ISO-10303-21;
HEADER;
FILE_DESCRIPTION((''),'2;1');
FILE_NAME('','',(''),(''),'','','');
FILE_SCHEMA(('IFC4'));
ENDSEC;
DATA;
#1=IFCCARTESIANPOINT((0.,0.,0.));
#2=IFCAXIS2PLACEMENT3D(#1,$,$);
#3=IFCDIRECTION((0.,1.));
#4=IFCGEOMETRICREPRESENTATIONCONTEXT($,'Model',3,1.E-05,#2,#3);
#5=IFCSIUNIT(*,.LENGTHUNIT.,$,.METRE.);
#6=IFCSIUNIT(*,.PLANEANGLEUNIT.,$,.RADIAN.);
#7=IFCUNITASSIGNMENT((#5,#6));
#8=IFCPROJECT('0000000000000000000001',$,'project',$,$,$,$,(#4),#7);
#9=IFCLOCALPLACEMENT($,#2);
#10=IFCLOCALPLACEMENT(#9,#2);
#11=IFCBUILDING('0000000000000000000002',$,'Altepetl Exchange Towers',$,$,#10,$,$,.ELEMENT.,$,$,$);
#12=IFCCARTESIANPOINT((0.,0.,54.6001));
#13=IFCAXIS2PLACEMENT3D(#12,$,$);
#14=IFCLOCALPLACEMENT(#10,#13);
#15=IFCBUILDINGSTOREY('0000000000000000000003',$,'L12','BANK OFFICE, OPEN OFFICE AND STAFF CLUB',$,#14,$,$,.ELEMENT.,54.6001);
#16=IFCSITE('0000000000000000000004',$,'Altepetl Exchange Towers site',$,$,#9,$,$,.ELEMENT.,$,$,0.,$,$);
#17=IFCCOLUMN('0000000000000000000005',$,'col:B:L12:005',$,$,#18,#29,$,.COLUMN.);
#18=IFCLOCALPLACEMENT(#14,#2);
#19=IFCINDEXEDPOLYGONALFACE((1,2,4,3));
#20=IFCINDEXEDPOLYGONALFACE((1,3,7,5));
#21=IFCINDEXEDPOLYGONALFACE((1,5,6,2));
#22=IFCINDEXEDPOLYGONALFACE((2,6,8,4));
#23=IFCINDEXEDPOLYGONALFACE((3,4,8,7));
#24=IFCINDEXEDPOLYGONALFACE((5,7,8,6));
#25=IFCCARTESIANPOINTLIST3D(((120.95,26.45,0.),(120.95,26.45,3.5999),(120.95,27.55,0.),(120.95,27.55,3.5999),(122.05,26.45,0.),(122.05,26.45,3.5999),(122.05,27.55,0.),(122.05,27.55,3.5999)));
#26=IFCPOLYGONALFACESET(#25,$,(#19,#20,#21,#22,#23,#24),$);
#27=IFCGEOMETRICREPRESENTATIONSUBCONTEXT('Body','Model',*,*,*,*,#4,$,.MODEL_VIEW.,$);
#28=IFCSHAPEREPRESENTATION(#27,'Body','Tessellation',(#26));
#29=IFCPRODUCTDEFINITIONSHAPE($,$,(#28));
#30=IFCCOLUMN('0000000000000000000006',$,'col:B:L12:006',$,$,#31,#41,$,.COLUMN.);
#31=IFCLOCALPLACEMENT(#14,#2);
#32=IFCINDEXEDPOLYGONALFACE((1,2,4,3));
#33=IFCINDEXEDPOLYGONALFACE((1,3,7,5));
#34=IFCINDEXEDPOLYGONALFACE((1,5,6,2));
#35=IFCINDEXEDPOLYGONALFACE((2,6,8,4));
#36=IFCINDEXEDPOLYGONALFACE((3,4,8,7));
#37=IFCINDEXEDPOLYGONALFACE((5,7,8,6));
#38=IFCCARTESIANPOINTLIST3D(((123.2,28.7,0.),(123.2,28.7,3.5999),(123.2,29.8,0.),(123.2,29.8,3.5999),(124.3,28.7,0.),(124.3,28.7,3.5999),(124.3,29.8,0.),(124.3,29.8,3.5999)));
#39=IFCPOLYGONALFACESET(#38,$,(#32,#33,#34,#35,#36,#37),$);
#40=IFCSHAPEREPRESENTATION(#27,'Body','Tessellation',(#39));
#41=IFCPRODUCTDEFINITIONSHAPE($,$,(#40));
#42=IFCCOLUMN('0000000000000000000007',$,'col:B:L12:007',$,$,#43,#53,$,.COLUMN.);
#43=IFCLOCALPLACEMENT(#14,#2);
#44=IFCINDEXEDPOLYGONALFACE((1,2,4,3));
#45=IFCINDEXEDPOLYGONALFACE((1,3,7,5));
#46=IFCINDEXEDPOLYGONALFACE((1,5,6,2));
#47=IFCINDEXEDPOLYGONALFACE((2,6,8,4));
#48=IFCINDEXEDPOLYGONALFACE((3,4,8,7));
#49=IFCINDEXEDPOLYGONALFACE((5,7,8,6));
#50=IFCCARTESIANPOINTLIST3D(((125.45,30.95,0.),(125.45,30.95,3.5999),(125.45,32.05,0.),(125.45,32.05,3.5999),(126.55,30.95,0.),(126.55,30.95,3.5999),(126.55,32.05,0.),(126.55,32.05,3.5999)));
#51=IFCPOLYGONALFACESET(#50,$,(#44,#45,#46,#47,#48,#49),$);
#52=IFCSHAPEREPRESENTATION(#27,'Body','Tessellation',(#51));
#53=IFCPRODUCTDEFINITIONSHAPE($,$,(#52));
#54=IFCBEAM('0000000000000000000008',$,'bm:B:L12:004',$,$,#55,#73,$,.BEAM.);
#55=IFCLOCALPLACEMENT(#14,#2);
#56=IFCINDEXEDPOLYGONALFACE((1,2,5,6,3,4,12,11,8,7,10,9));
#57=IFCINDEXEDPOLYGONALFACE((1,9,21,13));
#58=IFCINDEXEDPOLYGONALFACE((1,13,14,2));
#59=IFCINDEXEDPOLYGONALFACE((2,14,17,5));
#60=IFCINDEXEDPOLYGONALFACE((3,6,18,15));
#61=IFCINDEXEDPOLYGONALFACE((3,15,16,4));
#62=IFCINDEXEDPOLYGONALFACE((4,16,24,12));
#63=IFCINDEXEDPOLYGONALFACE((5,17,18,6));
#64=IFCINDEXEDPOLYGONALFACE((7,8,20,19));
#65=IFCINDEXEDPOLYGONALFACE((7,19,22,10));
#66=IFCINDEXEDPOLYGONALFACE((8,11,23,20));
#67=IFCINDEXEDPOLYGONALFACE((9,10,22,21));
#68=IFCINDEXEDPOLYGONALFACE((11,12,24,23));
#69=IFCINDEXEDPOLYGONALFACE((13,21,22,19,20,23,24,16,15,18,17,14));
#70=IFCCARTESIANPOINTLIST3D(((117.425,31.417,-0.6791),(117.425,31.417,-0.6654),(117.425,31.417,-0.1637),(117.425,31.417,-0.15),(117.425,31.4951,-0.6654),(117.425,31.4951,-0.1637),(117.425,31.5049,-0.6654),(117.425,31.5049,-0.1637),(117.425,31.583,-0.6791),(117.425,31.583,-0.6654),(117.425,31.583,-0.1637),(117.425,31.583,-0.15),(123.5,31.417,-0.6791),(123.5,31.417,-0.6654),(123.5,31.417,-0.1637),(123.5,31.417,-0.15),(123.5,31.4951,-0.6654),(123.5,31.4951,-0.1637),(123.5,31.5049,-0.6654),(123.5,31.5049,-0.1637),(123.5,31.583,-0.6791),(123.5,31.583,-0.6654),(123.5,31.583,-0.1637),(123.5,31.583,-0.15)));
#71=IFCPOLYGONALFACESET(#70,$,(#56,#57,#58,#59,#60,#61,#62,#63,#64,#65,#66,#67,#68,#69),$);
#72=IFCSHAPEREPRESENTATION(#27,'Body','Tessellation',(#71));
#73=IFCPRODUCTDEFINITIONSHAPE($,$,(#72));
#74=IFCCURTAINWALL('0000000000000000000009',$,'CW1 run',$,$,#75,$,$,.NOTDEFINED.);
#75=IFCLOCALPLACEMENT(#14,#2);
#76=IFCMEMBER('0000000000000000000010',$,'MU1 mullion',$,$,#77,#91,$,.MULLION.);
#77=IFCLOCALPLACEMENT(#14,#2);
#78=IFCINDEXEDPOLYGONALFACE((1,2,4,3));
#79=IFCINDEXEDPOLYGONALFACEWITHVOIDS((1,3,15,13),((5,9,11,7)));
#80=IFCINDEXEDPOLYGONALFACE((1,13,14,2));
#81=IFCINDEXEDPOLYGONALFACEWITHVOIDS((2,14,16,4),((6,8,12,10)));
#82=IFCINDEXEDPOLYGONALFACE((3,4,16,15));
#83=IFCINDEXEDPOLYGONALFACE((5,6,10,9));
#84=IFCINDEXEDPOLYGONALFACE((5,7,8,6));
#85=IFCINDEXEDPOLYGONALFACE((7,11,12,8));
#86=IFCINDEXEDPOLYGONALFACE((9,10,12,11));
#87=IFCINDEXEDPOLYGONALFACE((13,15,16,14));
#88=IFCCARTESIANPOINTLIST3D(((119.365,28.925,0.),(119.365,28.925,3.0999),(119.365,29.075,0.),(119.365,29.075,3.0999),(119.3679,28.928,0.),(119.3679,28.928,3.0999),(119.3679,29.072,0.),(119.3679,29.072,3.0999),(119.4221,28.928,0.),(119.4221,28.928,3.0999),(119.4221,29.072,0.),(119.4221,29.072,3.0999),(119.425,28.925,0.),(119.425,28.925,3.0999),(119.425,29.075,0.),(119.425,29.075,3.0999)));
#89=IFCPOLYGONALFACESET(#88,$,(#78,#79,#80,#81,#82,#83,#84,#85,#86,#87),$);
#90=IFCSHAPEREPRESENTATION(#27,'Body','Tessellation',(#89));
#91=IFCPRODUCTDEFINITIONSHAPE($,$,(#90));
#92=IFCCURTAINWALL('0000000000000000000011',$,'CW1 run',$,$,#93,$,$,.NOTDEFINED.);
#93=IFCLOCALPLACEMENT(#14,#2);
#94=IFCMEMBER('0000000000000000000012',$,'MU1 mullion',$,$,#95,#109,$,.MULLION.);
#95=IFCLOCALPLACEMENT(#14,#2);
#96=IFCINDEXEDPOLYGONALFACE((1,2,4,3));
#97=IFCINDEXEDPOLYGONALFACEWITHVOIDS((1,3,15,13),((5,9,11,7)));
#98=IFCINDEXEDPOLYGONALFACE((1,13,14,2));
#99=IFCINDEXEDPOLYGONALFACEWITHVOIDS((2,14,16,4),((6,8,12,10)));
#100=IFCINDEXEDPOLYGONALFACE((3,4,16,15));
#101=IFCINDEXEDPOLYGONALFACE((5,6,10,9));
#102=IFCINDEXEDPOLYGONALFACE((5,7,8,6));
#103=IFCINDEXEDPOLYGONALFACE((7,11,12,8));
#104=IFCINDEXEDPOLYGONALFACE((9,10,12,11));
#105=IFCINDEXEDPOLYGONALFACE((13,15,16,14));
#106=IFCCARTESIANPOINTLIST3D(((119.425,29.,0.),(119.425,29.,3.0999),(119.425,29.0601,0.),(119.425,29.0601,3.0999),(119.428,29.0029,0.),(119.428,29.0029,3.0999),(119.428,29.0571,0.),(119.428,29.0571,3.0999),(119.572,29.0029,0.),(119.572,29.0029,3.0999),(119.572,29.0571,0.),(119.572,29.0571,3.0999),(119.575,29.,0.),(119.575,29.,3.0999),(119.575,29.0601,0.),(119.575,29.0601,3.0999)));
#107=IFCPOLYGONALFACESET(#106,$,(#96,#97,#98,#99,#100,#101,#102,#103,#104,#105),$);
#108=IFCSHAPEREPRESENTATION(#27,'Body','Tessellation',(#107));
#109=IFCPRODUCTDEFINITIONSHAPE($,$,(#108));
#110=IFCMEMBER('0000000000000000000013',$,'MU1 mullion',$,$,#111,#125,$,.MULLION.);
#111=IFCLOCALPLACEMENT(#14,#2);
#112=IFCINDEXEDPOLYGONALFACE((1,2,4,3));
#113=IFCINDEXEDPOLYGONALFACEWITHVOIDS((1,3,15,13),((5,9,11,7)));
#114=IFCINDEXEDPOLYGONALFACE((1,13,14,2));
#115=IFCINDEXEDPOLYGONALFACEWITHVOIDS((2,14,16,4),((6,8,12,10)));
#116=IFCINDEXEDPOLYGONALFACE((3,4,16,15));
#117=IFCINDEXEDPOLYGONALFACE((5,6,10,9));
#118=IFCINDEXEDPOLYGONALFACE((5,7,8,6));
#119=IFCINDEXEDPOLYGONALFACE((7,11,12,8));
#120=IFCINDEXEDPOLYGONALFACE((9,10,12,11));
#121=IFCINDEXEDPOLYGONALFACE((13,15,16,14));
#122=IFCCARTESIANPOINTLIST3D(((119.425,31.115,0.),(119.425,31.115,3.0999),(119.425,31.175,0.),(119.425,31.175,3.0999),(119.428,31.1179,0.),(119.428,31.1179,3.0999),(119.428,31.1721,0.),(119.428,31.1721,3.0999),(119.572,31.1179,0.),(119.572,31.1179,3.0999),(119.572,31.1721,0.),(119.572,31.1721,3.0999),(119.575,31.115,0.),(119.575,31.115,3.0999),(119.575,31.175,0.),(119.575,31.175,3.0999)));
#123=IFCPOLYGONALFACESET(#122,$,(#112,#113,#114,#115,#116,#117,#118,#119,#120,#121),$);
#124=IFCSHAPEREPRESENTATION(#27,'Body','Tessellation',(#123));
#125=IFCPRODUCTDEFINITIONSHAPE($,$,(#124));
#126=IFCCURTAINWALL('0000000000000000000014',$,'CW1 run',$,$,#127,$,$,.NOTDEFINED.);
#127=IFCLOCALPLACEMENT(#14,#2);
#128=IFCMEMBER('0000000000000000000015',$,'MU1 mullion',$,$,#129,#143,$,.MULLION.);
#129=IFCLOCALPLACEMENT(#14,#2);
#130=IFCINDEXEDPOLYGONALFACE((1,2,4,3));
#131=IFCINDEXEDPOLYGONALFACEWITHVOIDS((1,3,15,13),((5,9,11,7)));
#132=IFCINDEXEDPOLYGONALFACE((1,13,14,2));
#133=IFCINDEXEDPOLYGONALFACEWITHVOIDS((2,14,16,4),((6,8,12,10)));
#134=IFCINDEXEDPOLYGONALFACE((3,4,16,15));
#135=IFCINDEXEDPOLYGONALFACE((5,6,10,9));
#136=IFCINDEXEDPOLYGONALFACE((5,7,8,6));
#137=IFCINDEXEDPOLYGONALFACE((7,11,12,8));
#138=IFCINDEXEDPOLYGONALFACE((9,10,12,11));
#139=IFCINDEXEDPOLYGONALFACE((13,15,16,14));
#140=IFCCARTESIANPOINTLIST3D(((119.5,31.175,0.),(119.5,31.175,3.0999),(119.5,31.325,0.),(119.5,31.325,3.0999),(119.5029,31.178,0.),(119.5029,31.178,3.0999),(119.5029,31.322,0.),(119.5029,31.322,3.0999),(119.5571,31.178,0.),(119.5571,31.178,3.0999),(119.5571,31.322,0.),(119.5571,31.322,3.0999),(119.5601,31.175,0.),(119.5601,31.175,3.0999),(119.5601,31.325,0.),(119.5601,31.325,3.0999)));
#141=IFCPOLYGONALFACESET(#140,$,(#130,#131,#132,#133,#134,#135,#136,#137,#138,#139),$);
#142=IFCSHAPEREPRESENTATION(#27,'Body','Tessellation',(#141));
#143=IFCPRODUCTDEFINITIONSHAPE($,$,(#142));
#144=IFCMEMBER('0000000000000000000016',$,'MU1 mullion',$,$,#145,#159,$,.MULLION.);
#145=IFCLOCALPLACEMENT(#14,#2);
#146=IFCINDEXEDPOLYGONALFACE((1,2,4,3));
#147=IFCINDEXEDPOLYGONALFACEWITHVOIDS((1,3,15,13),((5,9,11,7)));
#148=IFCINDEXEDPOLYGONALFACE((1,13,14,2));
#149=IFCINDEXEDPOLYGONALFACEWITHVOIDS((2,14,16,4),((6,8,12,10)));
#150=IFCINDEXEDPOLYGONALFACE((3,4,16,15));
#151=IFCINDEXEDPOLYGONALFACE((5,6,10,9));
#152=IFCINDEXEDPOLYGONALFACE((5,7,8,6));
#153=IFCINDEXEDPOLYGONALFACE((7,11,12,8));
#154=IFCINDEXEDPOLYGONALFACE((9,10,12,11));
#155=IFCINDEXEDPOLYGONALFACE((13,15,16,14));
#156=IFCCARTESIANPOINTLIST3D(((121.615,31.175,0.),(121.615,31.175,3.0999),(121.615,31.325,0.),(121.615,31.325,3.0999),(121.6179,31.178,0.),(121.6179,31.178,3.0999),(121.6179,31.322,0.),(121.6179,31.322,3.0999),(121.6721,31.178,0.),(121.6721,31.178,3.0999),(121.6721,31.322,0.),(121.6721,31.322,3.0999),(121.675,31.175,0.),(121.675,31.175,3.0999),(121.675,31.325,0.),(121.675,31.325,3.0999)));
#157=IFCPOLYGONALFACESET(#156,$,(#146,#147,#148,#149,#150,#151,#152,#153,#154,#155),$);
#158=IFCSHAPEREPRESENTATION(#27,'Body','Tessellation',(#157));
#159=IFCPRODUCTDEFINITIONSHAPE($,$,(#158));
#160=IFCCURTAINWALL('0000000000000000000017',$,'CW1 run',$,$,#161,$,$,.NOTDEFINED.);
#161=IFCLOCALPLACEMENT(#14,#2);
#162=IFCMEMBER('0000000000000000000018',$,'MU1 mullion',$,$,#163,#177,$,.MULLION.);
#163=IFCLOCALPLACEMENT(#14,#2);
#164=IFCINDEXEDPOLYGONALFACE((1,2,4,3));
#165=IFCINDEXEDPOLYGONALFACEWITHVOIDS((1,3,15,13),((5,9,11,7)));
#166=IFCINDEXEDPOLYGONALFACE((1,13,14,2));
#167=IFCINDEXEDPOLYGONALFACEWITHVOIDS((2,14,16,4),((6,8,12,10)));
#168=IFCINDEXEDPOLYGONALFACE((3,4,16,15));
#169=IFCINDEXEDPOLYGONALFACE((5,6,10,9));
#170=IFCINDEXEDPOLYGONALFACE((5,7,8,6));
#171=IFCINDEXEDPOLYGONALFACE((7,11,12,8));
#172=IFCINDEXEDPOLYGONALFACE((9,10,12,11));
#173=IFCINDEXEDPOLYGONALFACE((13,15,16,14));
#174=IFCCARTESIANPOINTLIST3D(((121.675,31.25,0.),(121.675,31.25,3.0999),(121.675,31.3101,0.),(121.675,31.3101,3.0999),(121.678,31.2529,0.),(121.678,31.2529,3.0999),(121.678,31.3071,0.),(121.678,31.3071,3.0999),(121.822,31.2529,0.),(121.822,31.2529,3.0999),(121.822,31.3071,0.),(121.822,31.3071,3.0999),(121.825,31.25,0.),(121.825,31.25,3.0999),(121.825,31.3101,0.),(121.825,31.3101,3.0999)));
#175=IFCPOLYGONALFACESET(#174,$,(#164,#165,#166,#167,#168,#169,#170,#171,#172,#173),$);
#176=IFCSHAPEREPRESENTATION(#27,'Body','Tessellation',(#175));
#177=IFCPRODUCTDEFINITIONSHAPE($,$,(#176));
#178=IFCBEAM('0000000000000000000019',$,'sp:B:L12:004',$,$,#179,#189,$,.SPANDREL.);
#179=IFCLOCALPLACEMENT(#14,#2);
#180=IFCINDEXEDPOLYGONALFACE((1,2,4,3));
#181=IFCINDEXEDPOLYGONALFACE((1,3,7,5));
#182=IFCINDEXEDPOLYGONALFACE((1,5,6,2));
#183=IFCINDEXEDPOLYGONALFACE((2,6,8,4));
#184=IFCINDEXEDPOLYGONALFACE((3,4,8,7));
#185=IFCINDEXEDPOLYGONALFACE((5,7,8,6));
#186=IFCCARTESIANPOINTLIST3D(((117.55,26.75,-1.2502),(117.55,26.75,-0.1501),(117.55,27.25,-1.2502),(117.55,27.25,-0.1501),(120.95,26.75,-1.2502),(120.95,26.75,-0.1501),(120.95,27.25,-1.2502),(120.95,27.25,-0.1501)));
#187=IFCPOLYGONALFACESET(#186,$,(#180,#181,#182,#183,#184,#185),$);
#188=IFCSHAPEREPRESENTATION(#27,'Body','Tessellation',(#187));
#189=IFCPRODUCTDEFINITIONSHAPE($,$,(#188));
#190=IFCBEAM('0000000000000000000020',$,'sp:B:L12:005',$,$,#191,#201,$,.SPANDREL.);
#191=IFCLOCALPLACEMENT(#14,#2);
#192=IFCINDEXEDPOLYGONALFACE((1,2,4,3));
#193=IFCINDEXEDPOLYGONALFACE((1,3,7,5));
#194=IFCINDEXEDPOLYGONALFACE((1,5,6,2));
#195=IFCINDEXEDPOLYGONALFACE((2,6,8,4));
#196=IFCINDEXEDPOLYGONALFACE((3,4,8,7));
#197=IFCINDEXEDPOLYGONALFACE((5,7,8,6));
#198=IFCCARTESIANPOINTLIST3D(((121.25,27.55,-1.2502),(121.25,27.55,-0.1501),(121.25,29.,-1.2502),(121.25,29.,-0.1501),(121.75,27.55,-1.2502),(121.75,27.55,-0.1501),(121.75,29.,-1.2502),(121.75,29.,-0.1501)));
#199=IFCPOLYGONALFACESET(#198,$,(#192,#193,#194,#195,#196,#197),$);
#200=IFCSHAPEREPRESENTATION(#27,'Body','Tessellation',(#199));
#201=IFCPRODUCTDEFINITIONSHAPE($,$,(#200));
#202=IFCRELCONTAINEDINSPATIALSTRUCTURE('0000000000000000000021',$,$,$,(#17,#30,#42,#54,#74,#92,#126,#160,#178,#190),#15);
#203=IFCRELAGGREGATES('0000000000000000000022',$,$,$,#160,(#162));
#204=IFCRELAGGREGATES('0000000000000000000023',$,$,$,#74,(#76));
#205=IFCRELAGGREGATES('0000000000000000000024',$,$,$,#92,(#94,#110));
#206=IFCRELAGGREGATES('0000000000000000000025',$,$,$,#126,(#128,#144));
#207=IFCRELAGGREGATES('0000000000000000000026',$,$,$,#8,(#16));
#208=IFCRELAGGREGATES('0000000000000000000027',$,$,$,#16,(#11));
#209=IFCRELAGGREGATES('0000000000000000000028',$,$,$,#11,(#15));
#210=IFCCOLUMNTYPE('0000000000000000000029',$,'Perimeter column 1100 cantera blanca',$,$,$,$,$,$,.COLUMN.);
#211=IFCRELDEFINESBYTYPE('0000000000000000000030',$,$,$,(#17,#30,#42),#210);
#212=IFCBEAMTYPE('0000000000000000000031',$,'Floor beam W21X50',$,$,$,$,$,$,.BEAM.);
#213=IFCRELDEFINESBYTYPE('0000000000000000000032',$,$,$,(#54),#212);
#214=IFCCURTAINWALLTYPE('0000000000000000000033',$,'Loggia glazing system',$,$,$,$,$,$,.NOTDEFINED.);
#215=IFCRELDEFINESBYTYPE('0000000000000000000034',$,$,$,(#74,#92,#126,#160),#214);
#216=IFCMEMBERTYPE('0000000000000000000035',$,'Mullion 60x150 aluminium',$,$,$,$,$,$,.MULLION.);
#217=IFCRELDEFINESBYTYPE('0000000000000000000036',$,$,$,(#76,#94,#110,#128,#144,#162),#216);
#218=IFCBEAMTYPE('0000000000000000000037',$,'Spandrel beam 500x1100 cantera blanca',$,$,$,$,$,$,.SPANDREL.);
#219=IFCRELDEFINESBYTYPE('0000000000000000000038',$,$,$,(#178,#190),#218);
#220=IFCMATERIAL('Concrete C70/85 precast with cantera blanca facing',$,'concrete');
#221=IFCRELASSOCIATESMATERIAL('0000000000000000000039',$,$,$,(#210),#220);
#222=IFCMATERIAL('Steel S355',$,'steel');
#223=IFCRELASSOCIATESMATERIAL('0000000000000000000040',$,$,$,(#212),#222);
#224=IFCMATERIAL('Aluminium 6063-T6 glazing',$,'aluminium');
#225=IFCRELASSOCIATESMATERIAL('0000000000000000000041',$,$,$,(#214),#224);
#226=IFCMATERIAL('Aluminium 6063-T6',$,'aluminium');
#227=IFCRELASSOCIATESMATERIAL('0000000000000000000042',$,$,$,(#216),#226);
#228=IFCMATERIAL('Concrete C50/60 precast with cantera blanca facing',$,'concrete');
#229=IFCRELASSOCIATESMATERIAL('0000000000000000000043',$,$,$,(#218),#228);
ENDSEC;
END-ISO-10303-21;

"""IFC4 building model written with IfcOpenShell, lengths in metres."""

from ifc_helpers import new_model, si_unit, direction, frame, origin, origin_2d, place, context, subcontext, project, spatial, rectangle, hollow_rectangle, i_section, extrude, material, material_profile, profile_set, type_object, element, aggregate, save


model = new_model("IFC4")

# Units and contexts
model_context = context("Model", 3, precision=1e-05, world=origin(), true_north=direction((0.0, 1.0)))
body_context = subcontext(model_context, "Body", "Model", "MODEL_VIEW")
ifc_project = project(units=[si_unit("LENGTHUNIT", "METRE"), si_unit("PLANEANGLEUNIT", "RADIAN")], contexts=[model_context])

# Site, building, storey
site_placement = place(None, origin())
site = spatial("IfcSite", under=ifc_project, at=site_placement, Name="Altepetl Exchange Towers site", CompositionType="ELEMENT", RefElevation=0.0)
building_placement = place(site_placement, origin())
building = spatial("IfcBuilding", under=site, at=building_placement, Name="Altepetl Exchange Towers", CompositionType="ELEMENT")
storey_placement = place(building_placement, frame((0.0, 0.0, 54.6001)))
storey = spatial("IfcBuildingStorey", under=building, at=storey_placement, Name="L12", Description="BANK OFFICE, OPEN OFFICE AND STAFF CLUB", CompositionType="ELEMENT", Elevation=54.6001)

# Columns
ifc_material_1 = material(Name="Concrete C70/85 precast with cantera blanca facing", Category="concrete")
ifc_material_profile_1 = material_profile(ifc_material_1, rectangle(XDim=1.1001, YDim=1.1001, at=origin_2d()), Name="1100 x 1100")
ifc_profile_set_1 = profile_set([ifc_material_profile_1], Name="Concrete C70/85 precast with cantera blanca facing")
column_type = type_object("IfcColumnType", Name="Perimeter column 1100 cantera blanca", PredefinedType="COLUMN", material=ifc_profile_set_1)
for number, where, name in (
    (1, (121.5, 27.0, 0.0), "col:B:L12:005"),
    (2, (123.75, 29.25, 0.0), "col:B:L12:006"),
    (3, (126.0, 31.5, 0.0), "col:B:L12:007"),
):
    element("IfcColumn", number, at=place(storey_placement, frame(where)), inside=storey, type_object=column_type, Name=name, PredefinedType="COLUMN", context=body_context, shape_type="SweptSolid", body=[
        extrude(rectangle(XDim=1.1001, YDim=1.1001, at=origin_2d()), origin(), (0.0, 0.0, 1.0), 3.5999),
    ])

# Beam
ifc_material_2 = material(Name="Steel S355", Category="steel")
ifc_material_profile_2 = material_profile(ifc_material_2, i_section(OverallWidth=0.166, OverallDepth=0.5291, WebThickness=0.0098, FlangeThickness=0.0137, at=origin_2d()), Name="W21X50")
ifc_profile_set_2 = profile_set([ifc_material_profile_2], Name="Steel S355")
beam_type_1 = type_object("IfcBeamType", Name="Floor beam W21X50", PredefinedType="BEAM", material=ifc_profile_set_2)
beam_1_placement = place(storey_placement, frame((117.425, 31.5, -0.4146), z_axis=(1.0, 0.0, 0.0), x_axis=(0.0, 1.0, 0.0)))
element("IfcBeam", 4, at=beam_1_placement, inside=storey, type_object=beam_type_1, Name="bm:B:L12:004", PredefinedType="BEAM", context=body_context, shape_type="SweptSolid", body=[
    extrude(i_section(OverallWidth=0.166, OverallDepth=0.5291, WebThickness=0.0098, FlangeThickness=0.0137, at=origin_2d()), origin(), (0.0, 0.0, 1.0), 6.075),
])

# Curtain wall, member
ifc_material_3 = material(Name="Aluminium 6063-T6 glazing", Category="aluminium")
curtain_wall_type = type_object("IfcCurtainWallType", Name="Loggia glazing system", PredefinedType="NOTDEFINED", material=ifc_material_3)
curtain_wall_1_placement = place(storey_placement, origin())
curtain_wall_1 = element("IfcCurtainWall", 5, at=curtain_wall_1_placement, inside=storey, type_object=curtain_wall_type, Name="CW1 run", PredefinedType="NOTDEFINED")
ifc_material_4 = material(Name="Aluminium 6063-T6", Category="aluminium")
ifc_material_profile_3 = material_profile(ifc_material_4, hollow_rectangle(XDim=0.0601, YDim=0.1499, WallThickness=0.0029, at=origin_2d()), Name="Mullion 60x150 aluminium")
ifc_profile_set_3 = profile_set([ifc_material_profile_3], Name="Aluminium 6063-T6")
member_type = type_object("IfcMemberType", Name="Mullion 60x150 aluminium", PredefinedType="MULLION", material=ifc_profile_set_3)
member_1_placement = place(storey_placement, frame((119.395, 29.0, 0.0)))
member_1 = element("IfcMember", 6, at=member_1_placement, type_object=member_type, Name="MU1 mullion", PredefinedType="MULLION", context=body_context, shape_type="SweptSolid", body=[
    extrude(hollow_rectangle(XDim=0.0601, YDim=0.1499, WallThickness=0.0029, at=origin_2d()), origin(), (0.0, 0.0, 1.0), 3.0999),
])

# Curtain walls, members
curtain_wall_2_placement = place(storey_placement, origin())
curtain_wall_2 = element("IfcCurtainWall", 7, at=curtain_wall_2_placement, inside=storey, type_object=curtain_wall_type, Name="CW1 run", PredefinedType="NOTDEFINED")
member_2_placement = place(storey_placement, frame((119.5, 29.03, 0.0), z_axis=(0.0, 0.0, 1.0), x_axis=(0.0, 1.0, 0.0)))
member_2 = element("IfcMember", 8, at=member_2_placement, type_object=member_type, Name="MU1 mullion", PredefinedType="MULLION", context=body_context, shape_type="SweptSolid", body=[
    extrude(hollow_rectangle(XDim=0.0601, YDim=0.1499, WallThickness=0.0029, at=origin_2d()), origin(), (0.0, 0.0, 1.0), 3.0999),
])
member_3_placement = place(storey_placement, frame((119.5, 31.145, 0.0), z_axis=(0.0, 0.0, 1.0), x_axis=(0.0, 1.0, 0.0)))
member_3 = element("IfcMember", 9, at=member_3_placement, type_object=member_type, Name="MU1 mullion", PredefinedType="MULLION", context=body_context, shape_type="SweptSolid", body=[
    extrude(hollow_rectangle(XDim=0.0601, YDim=0.1499, WallThickness=0.0029, at=origin_2d()), origin(), (0.0, 0.0, 1.0), 3.0999),
])
curtain_wall_3_placement = place(storey_placement, origin())
curtain_wall_3 = element("IfcCurtainWall", 10, at=curtain_wall_3_placement, inside=storey, type_object=curtain_wall_type, Name="CW1 run", PredefinedType="NOTDEFINED")
member_4_placement = place(storey_placement, frame((119.53, 31.25, 0.0)))
member_4 = element("IfcMember", 11, at=member_4_placement, type_object=member_type, Name="MU1 mullion", PredefinedType="MULLION", context=body_context, shape_type="SweptSolid", body=[
    extrude(hollow_rectangle(XDim=0.0601, YDim=0.1499, WallThickness=0.0029, at=origin_2d()), origin(), (0.0, 0.0, 1.0), 3.0999),
])
member_5_placement = place(storey_placement, frame((121.645, 31.25, 0.0)))
member_5 = element("IfcMember", 12, at=member_5_placement, type_object=member_type, Name="MU1 mullion", PredefinedType="MULLION", context=body_context, shape_type="SweptSolid", body=[
    extrude(hollow_rectangle(XDim=0.0601, YDim=0.1499, WallThickness=0.0029, at=origin_2d()), origin(), (0.0, 0.0, 1.0), 3.0999),
])

# Curtain wall, member
curtain_wall_4_placement = place(storey_placement, origin())
curtain_wall_4 = element("IfcCurtainWall", 13, at=curtain_wall_4_placement, inside=storey, type_object=curtain_wall_type, Name="CW1 run", PredefinedType="NOTDEFINED")
member_6_placement = place(storey_placement, frame((121.75, 31.28, 0.0), z_axis=(0.0, 0.0, 1.0), x_axis=(0.0, 1.0, 0.0)))
member_6 = element("IfcMember", 14, at=member_6_placement, type_object=member_type, Name="MU1 mullion", PredefinedType="MULLION", context=body_context, shape_type="SweptSolid", body=[
    extrude(hollow_rectangle(XDim=0.0601, YDim=0.1499, WallThickness=0.0029, at=origin_2d()), origin(), (0.0, 0.0, 1.0), 3.0999),
])
aggregate(curtain_wall_4, [member_6])

# Beams
ifc_material_5 = material(Name="Concrete C50/60 precast with cantera blanca facing", Category="concrete")
ifc_material_profile_4 = material_profile(ifc_material_5, rectangle(XDim=0.5, YDim=1.1001, at=origin_2d()), Name="500 x 1100")
ifc_profile_set_4 = profile_set([ifc_material_profile_4], Name="Concrete C50/60 precast with cantera blanca facing")
beam_type_2 = type_object("IfcBeamType", Name="Spandrel beam 500x1100 cantera blanca", PredefinedType="SPANDREL", material=ifc_profile_set_4)
beam_2_placement = place(storey_placement, frame((117.55, 27.0, -0.7002), z_axis=(1.0, 0.0, 0.0), x_axis=(0.0, 1.0, 0.0)))
element("IfcBeam", 15, at=beam_2_placement, inside=storey, type_object=beam_type_2, Name="sp:B:L12:004", PredefinedType="SPANDREL", context=body_context, shape_type="SweptSolid", body=[
    extrude(rectangle(XDim=0.5, YDim=1.1001, at=origin_2d()), origin(), (0.0, 0.0, 1.0), 3.3999),
])
beam_3_placement = place(storey_placement, frame((121.5, 27.55, -0.7002), z_axis=(0.0, 1.0, 0.0), x_axis=(-1.0, 0.0, 0.0)))
element("IfcBeam", 16, at=beam_3_placement, inside=storey, type_object=beam_type_2, Name="sp:B:L12:005", PredefinedType="SPANDREL", context=body_context, shape_type="SweptSolid", body=[
    extrude(rectangle(XDim=0.5, YDim=1.1001, at=origin_2d()), origin(), (0.0, 0.0, 1.0), 1.45),
])

aggregate(curtain_wall_1, [member_1])
aggregate(curtain_wall_2, [member_2, member_3])
aggregate(curtain_wall_3, [member_4, member_5])

save(model, "model.ifc")
